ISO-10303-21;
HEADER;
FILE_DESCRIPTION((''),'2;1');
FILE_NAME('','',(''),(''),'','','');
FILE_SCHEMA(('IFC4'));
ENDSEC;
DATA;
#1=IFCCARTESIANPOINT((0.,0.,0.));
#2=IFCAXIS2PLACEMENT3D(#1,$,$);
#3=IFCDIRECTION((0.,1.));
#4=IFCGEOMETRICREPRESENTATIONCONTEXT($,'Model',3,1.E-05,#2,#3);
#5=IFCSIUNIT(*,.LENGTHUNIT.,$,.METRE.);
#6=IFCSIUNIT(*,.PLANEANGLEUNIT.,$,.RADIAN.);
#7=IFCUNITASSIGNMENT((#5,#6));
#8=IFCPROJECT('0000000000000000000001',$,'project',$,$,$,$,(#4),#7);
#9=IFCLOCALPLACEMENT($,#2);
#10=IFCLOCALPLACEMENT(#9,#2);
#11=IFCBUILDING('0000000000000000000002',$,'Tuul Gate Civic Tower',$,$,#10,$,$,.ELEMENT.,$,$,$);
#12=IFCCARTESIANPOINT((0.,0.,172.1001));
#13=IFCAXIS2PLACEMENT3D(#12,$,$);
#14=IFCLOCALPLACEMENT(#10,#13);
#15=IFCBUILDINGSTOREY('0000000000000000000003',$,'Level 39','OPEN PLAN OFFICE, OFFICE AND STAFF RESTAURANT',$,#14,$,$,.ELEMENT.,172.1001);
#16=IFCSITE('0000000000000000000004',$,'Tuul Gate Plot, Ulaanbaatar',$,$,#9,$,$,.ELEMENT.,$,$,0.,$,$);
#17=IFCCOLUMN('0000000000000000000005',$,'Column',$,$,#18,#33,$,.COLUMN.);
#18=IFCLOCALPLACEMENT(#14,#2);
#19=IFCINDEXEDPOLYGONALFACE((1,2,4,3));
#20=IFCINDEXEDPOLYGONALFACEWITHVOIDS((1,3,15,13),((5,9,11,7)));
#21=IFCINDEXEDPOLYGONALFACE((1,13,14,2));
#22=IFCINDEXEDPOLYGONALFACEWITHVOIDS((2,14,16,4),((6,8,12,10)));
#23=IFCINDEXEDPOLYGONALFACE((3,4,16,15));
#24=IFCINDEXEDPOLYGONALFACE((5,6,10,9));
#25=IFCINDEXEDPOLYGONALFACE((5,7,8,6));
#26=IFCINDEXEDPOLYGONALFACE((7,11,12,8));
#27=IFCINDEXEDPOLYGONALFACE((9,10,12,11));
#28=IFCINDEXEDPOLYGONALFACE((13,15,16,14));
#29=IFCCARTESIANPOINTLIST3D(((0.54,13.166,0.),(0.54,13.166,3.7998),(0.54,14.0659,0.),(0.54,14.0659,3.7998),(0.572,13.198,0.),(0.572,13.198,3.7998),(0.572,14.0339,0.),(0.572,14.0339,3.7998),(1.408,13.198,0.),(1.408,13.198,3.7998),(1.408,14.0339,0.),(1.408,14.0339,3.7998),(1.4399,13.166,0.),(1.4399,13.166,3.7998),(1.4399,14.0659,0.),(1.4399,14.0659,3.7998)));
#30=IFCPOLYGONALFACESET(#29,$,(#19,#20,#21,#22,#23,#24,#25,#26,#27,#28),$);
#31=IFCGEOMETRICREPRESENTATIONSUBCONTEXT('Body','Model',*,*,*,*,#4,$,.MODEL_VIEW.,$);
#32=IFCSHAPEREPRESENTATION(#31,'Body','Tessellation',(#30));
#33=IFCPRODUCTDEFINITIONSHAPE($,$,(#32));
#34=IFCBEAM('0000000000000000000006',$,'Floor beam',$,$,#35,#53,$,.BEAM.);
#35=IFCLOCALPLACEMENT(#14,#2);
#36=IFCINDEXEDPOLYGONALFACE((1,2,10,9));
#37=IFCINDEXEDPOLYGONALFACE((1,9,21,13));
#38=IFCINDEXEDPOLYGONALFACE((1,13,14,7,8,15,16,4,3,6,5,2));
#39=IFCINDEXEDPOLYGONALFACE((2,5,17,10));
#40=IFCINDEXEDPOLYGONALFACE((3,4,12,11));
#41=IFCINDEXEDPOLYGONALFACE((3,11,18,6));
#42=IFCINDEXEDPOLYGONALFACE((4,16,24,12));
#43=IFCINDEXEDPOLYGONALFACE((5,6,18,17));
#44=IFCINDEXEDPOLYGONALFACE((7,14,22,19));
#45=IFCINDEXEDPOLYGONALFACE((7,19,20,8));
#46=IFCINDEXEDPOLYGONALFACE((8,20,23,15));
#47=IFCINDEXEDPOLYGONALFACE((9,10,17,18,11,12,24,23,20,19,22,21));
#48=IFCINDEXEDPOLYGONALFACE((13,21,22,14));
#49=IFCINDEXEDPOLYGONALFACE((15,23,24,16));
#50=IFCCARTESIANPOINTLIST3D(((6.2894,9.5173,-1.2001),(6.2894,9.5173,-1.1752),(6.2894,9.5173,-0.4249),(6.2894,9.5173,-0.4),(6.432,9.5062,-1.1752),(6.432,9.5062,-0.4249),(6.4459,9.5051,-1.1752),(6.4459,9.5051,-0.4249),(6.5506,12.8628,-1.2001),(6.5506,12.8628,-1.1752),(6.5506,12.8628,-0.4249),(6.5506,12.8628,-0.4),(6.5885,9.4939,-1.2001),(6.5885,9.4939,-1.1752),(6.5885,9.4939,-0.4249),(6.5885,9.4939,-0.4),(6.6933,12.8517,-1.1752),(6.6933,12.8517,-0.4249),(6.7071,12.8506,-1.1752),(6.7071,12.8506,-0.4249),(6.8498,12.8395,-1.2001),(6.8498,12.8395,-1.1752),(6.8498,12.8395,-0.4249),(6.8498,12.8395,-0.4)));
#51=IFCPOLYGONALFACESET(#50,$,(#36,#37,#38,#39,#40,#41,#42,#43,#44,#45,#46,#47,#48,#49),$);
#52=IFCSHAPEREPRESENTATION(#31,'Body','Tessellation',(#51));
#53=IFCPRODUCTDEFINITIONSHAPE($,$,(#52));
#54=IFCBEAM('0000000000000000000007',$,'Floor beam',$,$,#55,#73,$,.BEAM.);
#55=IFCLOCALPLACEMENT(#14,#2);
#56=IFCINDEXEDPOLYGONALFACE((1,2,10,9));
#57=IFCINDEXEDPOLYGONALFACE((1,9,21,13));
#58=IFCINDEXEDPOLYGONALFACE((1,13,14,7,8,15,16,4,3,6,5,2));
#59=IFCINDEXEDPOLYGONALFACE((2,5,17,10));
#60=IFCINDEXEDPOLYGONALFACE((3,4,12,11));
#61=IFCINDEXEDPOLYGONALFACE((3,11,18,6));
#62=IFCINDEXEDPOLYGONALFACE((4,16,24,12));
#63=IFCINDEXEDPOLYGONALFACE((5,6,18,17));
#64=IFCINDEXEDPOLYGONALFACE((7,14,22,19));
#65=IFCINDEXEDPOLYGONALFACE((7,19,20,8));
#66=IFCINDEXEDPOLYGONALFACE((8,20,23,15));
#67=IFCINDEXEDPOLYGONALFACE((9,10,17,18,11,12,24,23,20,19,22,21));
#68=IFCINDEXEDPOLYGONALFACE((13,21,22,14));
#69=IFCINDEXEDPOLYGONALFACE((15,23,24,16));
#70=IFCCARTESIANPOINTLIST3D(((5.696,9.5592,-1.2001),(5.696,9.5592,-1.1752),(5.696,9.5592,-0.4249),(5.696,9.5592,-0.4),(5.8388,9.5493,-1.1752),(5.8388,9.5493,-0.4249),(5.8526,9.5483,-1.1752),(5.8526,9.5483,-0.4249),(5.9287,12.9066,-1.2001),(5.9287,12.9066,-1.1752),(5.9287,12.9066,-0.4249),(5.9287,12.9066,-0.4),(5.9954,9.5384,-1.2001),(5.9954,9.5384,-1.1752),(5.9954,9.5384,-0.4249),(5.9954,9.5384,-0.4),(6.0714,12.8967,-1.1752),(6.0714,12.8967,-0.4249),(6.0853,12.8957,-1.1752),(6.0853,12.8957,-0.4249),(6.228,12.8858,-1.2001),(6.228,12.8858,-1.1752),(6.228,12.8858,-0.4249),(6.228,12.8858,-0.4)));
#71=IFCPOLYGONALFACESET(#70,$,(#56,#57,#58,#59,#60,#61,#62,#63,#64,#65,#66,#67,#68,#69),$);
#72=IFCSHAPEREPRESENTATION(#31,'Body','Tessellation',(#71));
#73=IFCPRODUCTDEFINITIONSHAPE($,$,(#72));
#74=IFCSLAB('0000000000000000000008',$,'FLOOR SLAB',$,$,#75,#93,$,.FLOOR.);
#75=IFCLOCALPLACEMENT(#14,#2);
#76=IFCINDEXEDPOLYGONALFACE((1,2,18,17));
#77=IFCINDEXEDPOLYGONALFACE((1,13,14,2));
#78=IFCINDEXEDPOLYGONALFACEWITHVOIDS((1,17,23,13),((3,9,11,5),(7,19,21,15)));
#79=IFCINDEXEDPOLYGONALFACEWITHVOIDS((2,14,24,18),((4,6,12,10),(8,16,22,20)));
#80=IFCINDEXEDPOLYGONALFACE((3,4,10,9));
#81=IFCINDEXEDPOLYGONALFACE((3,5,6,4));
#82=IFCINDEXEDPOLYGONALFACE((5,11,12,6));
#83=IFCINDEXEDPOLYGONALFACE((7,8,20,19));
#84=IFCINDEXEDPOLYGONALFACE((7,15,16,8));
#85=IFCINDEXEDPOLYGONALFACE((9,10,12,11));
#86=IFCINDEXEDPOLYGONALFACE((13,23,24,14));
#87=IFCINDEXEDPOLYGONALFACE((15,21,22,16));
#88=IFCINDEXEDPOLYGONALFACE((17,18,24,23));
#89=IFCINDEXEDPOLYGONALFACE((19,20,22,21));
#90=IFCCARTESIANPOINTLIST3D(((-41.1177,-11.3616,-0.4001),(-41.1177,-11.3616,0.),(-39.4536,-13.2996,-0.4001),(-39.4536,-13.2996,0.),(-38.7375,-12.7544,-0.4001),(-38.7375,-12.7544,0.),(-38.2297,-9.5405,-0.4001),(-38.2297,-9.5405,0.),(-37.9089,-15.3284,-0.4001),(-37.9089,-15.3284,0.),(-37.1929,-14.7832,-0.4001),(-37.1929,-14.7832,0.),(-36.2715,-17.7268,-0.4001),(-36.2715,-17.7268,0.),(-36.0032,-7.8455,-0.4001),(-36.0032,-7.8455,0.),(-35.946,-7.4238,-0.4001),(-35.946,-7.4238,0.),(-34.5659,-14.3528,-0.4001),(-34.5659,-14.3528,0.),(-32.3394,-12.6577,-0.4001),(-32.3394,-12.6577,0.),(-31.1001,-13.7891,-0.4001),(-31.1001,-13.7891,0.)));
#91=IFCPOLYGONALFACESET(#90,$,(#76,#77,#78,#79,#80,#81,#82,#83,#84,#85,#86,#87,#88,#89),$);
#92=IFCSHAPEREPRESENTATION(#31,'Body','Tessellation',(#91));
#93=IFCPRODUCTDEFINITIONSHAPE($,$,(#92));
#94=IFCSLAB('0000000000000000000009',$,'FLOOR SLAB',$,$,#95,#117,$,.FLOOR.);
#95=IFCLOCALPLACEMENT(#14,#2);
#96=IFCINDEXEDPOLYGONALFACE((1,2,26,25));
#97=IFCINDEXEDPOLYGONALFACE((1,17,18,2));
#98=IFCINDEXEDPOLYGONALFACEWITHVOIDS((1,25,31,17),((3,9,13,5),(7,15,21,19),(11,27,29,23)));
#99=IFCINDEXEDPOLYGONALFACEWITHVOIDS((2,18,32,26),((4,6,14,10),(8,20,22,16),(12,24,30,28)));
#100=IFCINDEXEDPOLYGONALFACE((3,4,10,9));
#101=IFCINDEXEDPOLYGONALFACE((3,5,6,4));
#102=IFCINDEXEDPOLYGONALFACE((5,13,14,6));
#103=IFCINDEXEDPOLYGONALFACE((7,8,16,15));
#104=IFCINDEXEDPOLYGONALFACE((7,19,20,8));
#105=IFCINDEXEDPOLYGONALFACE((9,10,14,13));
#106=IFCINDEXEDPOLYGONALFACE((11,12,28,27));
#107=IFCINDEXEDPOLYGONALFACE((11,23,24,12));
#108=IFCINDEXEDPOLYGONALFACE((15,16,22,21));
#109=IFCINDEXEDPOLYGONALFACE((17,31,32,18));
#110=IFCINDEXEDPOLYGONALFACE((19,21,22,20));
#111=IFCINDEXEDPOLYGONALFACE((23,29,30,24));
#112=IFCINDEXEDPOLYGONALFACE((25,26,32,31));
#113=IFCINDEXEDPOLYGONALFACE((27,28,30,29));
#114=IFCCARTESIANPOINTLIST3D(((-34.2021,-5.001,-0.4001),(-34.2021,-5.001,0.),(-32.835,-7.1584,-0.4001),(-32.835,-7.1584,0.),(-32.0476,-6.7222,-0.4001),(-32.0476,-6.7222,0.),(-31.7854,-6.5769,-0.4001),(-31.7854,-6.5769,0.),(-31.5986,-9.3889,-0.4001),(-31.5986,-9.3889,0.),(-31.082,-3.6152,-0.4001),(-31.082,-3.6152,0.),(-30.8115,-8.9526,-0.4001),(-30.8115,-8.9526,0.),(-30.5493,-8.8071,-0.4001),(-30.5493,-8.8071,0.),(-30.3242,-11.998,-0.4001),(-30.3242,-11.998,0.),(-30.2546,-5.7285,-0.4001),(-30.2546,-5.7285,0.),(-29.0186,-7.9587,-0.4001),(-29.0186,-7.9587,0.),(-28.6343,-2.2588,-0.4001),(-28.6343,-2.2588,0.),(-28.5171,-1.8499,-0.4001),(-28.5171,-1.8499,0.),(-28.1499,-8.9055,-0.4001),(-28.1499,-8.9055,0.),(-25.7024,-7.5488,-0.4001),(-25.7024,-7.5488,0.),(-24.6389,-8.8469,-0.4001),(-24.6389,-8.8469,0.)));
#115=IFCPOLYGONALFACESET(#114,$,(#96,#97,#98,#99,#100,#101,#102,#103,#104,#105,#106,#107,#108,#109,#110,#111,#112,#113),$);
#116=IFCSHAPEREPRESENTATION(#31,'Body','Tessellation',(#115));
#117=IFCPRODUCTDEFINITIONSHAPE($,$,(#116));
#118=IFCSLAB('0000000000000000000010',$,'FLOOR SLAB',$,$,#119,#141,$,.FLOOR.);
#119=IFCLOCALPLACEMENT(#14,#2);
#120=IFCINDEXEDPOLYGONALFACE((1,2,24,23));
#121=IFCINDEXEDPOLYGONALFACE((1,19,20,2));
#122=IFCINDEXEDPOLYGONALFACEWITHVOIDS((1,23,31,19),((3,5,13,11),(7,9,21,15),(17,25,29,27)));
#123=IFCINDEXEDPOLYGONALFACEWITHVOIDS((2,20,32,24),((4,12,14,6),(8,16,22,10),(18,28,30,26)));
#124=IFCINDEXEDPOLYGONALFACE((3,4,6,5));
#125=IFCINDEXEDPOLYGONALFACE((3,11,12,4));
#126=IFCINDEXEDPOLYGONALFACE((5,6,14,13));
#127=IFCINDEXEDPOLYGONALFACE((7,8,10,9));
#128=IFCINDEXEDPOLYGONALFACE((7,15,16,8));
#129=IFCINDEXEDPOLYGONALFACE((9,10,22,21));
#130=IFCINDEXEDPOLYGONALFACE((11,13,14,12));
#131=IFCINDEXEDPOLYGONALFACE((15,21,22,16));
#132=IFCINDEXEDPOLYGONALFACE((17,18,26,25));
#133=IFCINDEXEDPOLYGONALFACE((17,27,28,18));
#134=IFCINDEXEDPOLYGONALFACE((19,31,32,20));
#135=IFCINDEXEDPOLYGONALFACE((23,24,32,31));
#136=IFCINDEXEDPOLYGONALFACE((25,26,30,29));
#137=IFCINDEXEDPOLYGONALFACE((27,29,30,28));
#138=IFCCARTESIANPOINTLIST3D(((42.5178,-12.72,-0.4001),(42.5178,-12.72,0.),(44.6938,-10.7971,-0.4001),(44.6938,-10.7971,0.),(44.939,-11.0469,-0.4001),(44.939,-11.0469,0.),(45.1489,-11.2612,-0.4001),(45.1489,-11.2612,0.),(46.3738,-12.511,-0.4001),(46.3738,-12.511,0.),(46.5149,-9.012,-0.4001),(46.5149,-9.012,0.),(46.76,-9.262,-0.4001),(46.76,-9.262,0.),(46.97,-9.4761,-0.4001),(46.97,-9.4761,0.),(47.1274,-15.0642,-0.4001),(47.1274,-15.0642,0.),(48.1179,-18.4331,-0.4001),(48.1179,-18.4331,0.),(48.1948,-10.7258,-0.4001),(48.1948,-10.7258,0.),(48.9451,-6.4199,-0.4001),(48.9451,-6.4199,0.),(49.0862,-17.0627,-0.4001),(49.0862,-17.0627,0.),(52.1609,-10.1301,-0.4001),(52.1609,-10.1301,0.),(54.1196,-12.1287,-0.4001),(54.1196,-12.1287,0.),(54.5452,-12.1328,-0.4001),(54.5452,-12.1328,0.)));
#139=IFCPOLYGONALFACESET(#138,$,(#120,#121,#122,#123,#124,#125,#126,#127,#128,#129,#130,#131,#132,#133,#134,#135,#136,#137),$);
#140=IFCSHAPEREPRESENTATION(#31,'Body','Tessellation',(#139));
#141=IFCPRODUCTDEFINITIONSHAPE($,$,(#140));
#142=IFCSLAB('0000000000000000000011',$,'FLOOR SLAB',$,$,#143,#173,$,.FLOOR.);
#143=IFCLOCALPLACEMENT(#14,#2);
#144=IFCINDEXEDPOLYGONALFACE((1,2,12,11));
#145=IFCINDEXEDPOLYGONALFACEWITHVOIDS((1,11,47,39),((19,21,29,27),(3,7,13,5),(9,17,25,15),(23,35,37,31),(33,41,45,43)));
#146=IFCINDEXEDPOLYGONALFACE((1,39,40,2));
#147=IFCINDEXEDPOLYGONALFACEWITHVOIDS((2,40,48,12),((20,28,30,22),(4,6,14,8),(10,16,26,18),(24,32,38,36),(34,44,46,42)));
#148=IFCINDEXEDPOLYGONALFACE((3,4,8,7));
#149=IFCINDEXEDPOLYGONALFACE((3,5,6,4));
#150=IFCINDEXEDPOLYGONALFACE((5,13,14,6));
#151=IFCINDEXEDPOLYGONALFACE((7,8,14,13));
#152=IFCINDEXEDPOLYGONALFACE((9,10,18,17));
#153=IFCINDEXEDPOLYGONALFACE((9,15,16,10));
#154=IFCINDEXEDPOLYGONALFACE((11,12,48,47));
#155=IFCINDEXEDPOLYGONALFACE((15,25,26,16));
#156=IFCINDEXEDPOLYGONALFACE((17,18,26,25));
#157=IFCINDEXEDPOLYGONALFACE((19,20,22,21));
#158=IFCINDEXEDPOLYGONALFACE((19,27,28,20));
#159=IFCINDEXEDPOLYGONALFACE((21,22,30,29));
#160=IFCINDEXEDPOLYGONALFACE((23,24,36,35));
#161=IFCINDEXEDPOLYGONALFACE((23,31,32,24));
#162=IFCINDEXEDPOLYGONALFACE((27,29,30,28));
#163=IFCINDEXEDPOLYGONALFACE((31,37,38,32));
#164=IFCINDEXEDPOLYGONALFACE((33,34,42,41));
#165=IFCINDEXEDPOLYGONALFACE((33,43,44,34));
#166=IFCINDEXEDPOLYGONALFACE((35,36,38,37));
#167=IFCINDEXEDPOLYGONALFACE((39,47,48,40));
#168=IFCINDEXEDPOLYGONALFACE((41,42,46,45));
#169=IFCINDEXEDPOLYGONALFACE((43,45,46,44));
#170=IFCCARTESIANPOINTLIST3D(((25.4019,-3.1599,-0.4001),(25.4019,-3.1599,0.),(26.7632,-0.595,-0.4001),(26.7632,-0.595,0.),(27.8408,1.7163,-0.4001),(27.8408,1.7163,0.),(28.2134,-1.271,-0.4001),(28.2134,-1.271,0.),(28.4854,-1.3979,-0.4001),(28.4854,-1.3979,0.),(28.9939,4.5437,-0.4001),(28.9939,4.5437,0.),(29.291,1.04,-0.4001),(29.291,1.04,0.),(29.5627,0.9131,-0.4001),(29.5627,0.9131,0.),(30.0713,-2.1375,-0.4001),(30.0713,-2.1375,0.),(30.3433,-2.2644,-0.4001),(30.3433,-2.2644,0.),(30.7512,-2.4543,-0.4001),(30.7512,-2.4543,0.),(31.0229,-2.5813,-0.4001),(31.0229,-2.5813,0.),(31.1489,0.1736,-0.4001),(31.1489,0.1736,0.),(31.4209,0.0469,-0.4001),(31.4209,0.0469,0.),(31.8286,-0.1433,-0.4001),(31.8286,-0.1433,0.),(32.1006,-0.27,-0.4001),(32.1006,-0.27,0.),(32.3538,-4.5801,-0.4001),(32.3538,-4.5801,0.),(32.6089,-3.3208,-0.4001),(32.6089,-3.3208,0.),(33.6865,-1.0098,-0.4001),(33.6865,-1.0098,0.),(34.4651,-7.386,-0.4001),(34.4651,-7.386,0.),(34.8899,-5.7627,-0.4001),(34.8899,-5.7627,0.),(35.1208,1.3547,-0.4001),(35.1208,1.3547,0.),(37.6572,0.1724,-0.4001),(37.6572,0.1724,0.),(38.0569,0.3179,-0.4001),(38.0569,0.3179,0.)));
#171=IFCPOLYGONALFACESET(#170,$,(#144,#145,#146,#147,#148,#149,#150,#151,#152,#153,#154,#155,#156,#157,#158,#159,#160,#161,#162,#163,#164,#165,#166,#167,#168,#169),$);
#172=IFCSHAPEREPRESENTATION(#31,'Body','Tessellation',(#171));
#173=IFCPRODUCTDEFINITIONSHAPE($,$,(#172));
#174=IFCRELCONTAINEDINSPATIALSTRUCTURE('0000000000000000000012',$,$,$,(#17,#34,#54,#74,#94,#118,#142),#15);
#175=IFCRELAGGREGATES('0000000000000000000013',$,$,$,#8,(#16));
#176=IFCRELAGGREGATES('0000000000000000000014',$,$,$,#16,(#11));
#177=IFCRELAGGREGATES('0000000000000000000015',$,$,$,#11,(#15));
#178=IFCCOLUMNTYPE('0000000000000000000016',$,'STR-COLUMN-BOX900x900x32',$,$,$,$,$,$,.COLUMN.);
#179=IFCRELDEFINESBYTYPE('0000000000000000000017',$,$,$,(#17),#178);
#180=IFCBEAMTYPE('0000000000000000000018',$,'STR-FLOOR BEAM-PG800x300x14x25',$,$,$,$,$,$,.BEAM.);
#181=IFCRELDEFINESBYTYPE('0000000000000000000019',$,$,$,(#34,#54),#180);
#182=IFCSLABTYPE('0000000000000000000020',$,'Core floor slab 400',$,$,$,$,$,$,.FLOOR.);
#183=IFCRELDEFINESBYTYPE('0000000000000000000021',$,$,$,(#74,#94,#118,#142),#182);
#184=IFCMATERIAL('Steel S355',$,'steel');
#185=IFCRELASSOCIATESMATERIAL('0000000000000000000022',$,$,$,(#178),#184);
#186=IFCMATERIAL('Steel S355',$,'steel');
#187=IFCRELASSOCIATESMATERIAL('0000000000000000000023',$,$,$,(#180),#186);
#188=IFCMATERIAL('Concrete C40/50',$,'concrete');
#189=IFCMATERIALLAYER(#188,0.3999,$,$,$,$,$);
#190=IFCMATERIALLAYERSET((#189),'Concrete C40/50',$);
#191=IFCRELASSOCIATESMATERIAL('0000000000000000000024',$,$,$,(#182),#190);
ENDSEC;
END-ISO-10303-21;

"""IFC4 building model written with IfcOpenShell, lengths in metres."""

from ifc_helpers import new_model, si_unit, direction, frame, origin, origin_2d, place, context, subcontext, project, spatial, polyline, hollow_rectangle, i_section, outline, extrude, material, layer, layer_set, material_profile, profile_set, type_object, element, save


model = new_model("IFC4")

# Units and contexts
model_context = context("Model", 3, precision=1e-05, world=origin(), true_north=direction((0.0, 1.0)))
body_context = subcontext(model_context, "Body", "Model", "MODEL_VIEW")
ifc_project = project(units=[si_unit("LENGTHUNIT", "METRE"), si_unit("PLANEANGLEUNIT", "RADIAN")], contexts=[model_context])

# Site, building, storey
site_placement = place(None, origin())
site = spatial("IfcSite", under=ifc_project, at=site_placement, Name="Tuul Gate Plot, Ulaanbaatar", CompositionType="ELEMENT", RefElevation=0.0)
building_placement = place(site_placement, origin())
building = spatial("IfcBuilding", under=site, at=building_placement, Name="Tuul Gate Civic Tower", CompositionType="ELEMENT")
storey_placement = place(building_placement, frame((0.0, 0.0, 172.1001)))
storey = spatial("IfcBuildingStorey", under=building, at=storey_placement, Name="Level 39", Description="OPEN PLAN OFFICE, OFFICE AND STAFF RESTAURANT", CompositionType="ELEMENT", Elevation=172.1001)

# Column
ifc_material_1 = material(Name="Steel S355", Category="steel")
ifc_material_profile_1 = material_profile(ifc_material_1, hollow_rectangle(XDim=0.8999, YDim=0.8999, WallThickness=0.032, at=origin_2d()), Name="BOX900x900x32")
ifc_profile_set_1 = profile_set([ifc_material_profile_1], Name="Steel S355")
column_type = type_object("IfcColumnType", Name="STR-COLUMN-BOX900x900x32", PredefinedType="COLUMN", material=ifc_profile_set_1)
column_placement = place(storey_placement, frame((0.99, 13.616, 0.0), z_axis=(0.0, 0.0, 1.0), x_axis=(1.0, 0.0, 0.0)))
element("IfcColumn", 1, at=column_placement, inside=storey, type_object=column_type, Name="Column", PredefinedType="COLUMN", context=body_context, shape_type="SweptSolid", body=[
    extrude(hollow_rectangle(XDim=0.8999, YDim=0.8999, WallThickness=0.032, at=origin_2d()), origin(), (0.0, 0.0, 1.0), 3.7998),
])

# Beams
ifc_material_2 = material(Name="Steel S355", Category="steel")
ifc_material_profile_2 = material_profile(ifc_material_2, i_section(OverallWidth=0.3, OverallDepth=0.8, WebThickness=0.0139, FlangeThickness=0.0249, at=origin_2d()), Name="PG800x300x14x25")
ifc_profile_set_2 = profile_set([ifc_material_profile_2], Name="Steel S355")
beam_type = type_object("IfcBeamType", Name="STR-FLOOR BEAM-PG800x300x14x25", PredefinedType="BEAM", material=ifc_profile_set_2)
beam_1_placement = place(storey_placement, frame((6.439, 9.5056, -0.8), z_axis=(0.077848, 0.996965, 0.0), x_axis=(-0.996965, 0.077848, 0.0)))
element("IfcBeam", 2, at=beam_1_placement, inside=storey, type_object=beam_type, Name="Floor beam", PredefinedType="BEAM", context=body_context, shape_type="SweptSolid", body=[
    extrude(i_section(OverallWidth=0.3, OverallDepth=0.8, WebThickness=0.0139, FlangeThickness=0.0249, at=origin_2d()), origin(), (0.0, 0.0, 1.0), 3.3557),
])
beam_2_placement = place(storey_placement, frame((5.8457, 9.5488, -0.8), z_axis=(0.069339, 0.997593, 0.0), x_axis=(-0.997593, 0.069339, 0.0)))
element("IfcBeam", 3, at=beam_2_placement, inside=storey, type_object=beam_type, Name="Floor beam", PredefinedType="BEAM", context=body_context, shape_type="SweptSolid", body=[
    extrude(i_section(OverallWidth=0.3, OverallDepth=0.8, WebThickness=0.0139, FlangeThickness=0.0249, at=origin_2d()), origin(), (0.0, 0.0, 1.0), 3.3555),
])

# Slabs
ifc_material_3 = material(Name="Concrete C40/50", Category="concrete")
ifc_layer_1 = layer(ifc_material_3, 0.3999)
ifc_layer_set_1 = layer_set([ifc_layer_1], Name="Concrete C40/50")
slab_type_1 = type_object("IfcSlabType", Name="Core floor slab 400", PredefinedType="FLOOR", material=ifc_layer_set_1)
slab_1_placement = place(storey_placement, frame((0.0, 0.0, -0.4001)))
element("IfcSlab", 4, at=slab_1_placement, inside=storey, type_object=slab_type_1, Name="FLOOR SLAB", PredefinedType="FLOOR", context=body_context, shape_type="SweptSolid", body=[
    extrude(outline(polyline([(-31.1001, -13.7891), (-35.946, -7.4238), (-41.1177, -11.3616), (-36.2715, -17.7268), (-31.1001, -13.7891)]), holes=[polyline([(-37.1929, -14.7832), (-38.7375, -12.7544), (-39.4536, -13.2996), (-37.9089, -15.3284), (-37.1929, -14.7832)]), polyline([(-32.3394, -12.6577), (-34.5659, -14.3528), (-38.2297, -9.5405), (-36.0032, -7.8455), (-32.3394, -12.6577)])]), origin(), (0.0, 0.0, 1.0), 0.4001),
])
slab_2_placement = place(storey_placement, frame((0.0, 0.0, -0.4001)))
element("IfcSlab", 5, at=slab_2_placement, inside=storey, type_object=slab_type_1, Name="FLOOR SLAB", PredefinedType="FLOOR", context=body_context, shape_type="SweptSolid", body=[
    extrude(outline(polyline([(-24.6389, -8.8469), (-28.5171, -1.8499), (-34.2021, -5.001), (-30.3242, -11.998), (-24.6389, -8.8469)]), holes=[polyline([(-29.0186, -7.9587), (-30.2546, -5.7285), (-31.7854, -6.5769), (-30.5493, -8.8071), (-29.0186, -7.9587)]), polyline([(-30.8115, -8.9526), (-32.0476, -6.7222), (-32.835, -7.1584), (-31.5986, -9.3889), (-30.8115, -8.9526)]), polyline([(-25.7024, -7.5488), (-28.1499, -8.9055), (-31.082, -3.6152), (-28.6343, -2.2588), (-25.7024, -7.5488)])]), origin(), (0.0, 0.0, 1.0), 0.4001),
])
slab_3_placement = place(storey_placement, frame((0.0, 0.0, -0.4001)))
element("IfcSlab", 6, at=slab_3_placement, inside=storey, type_object=slab_type_1, Name="FLOOR SLAB", PredefinedType="FLOOR", context=body_context, shape_type="SweptSolid", body=[
    extrude(outline(polyline([(48.1179, -18.4331), (54.5452, -12.1328), (48.9451, -6.4199), (42.5178, -12.72), (48.1179, -18.4331)]), holes=[polyline([(46.3738, -12.511), (48.1948, -10.7258), (46.97, -9.4761), (45.1489, -11.2612), (46.3738, -12.511)]), polyline([(44.939, -11.0469), (46.76, -9.262), (46.5149, -9.012), (44.6938, -10.7971), (44.939, -11.0469)]), polyline([(49.0862, -17.0627), (47.1274, -15.0642), (52.1609, -10.1301), (54.1196, -12.1287), (49.0862, -17.0627)])]), origin(), (0.0, 0.0, 1.0), 0.4001),
])
slab_4_placement = place(storey_placement, frame((0.0, 0.0, -0.4001)))
element("IfcSlab", 7, at=slab_4_placement, inside=storey, type_object=slab_type_1, Name="FLOOR SLAB", PredefinedType="FLOOR", context=body_context, shape_type="SweptSolid", body=[
    extrude(outline(polyline([(34.4651, -7.386), (38.0569, 0.3179), (28.9939, 4.5437), (25.4019, -3.1599), (34.4651, -7.386)]), holes=[polyline([(32.6089, -3.3208), (33.6865, -1.0098), (32.1006, -0.27), (31.0229, -2.5813), (32.6089, -3.3208)]), polyline([(30.0713, -2.1375), (31.1489, 0.1736), (29.5627, 0.9131), (28.4854, -1.3979), (30.0713, -2.1375)]), polyline([(30.7512, -2.4543), (31.8286, -0.1433), (31.4209, 0.0469), (30.3433, -2.2644), (30.7512, -2.4543)]), polyline([(28.2134, -1.271), (29.291, 1.04), (27.8408, 1.7163), (26.7632, -0.595), (28.2134, -1.271)]), polyline([(34.8899, -5.7627), (32.3538, -4.5801), (35.1208, 1.3547), (37.6572, 0.1724), (34.8899, -5.7627)])]), origin(), (0.0, 0.0, 1.0), 0.4001),
])

save(model, "model.ifc")
